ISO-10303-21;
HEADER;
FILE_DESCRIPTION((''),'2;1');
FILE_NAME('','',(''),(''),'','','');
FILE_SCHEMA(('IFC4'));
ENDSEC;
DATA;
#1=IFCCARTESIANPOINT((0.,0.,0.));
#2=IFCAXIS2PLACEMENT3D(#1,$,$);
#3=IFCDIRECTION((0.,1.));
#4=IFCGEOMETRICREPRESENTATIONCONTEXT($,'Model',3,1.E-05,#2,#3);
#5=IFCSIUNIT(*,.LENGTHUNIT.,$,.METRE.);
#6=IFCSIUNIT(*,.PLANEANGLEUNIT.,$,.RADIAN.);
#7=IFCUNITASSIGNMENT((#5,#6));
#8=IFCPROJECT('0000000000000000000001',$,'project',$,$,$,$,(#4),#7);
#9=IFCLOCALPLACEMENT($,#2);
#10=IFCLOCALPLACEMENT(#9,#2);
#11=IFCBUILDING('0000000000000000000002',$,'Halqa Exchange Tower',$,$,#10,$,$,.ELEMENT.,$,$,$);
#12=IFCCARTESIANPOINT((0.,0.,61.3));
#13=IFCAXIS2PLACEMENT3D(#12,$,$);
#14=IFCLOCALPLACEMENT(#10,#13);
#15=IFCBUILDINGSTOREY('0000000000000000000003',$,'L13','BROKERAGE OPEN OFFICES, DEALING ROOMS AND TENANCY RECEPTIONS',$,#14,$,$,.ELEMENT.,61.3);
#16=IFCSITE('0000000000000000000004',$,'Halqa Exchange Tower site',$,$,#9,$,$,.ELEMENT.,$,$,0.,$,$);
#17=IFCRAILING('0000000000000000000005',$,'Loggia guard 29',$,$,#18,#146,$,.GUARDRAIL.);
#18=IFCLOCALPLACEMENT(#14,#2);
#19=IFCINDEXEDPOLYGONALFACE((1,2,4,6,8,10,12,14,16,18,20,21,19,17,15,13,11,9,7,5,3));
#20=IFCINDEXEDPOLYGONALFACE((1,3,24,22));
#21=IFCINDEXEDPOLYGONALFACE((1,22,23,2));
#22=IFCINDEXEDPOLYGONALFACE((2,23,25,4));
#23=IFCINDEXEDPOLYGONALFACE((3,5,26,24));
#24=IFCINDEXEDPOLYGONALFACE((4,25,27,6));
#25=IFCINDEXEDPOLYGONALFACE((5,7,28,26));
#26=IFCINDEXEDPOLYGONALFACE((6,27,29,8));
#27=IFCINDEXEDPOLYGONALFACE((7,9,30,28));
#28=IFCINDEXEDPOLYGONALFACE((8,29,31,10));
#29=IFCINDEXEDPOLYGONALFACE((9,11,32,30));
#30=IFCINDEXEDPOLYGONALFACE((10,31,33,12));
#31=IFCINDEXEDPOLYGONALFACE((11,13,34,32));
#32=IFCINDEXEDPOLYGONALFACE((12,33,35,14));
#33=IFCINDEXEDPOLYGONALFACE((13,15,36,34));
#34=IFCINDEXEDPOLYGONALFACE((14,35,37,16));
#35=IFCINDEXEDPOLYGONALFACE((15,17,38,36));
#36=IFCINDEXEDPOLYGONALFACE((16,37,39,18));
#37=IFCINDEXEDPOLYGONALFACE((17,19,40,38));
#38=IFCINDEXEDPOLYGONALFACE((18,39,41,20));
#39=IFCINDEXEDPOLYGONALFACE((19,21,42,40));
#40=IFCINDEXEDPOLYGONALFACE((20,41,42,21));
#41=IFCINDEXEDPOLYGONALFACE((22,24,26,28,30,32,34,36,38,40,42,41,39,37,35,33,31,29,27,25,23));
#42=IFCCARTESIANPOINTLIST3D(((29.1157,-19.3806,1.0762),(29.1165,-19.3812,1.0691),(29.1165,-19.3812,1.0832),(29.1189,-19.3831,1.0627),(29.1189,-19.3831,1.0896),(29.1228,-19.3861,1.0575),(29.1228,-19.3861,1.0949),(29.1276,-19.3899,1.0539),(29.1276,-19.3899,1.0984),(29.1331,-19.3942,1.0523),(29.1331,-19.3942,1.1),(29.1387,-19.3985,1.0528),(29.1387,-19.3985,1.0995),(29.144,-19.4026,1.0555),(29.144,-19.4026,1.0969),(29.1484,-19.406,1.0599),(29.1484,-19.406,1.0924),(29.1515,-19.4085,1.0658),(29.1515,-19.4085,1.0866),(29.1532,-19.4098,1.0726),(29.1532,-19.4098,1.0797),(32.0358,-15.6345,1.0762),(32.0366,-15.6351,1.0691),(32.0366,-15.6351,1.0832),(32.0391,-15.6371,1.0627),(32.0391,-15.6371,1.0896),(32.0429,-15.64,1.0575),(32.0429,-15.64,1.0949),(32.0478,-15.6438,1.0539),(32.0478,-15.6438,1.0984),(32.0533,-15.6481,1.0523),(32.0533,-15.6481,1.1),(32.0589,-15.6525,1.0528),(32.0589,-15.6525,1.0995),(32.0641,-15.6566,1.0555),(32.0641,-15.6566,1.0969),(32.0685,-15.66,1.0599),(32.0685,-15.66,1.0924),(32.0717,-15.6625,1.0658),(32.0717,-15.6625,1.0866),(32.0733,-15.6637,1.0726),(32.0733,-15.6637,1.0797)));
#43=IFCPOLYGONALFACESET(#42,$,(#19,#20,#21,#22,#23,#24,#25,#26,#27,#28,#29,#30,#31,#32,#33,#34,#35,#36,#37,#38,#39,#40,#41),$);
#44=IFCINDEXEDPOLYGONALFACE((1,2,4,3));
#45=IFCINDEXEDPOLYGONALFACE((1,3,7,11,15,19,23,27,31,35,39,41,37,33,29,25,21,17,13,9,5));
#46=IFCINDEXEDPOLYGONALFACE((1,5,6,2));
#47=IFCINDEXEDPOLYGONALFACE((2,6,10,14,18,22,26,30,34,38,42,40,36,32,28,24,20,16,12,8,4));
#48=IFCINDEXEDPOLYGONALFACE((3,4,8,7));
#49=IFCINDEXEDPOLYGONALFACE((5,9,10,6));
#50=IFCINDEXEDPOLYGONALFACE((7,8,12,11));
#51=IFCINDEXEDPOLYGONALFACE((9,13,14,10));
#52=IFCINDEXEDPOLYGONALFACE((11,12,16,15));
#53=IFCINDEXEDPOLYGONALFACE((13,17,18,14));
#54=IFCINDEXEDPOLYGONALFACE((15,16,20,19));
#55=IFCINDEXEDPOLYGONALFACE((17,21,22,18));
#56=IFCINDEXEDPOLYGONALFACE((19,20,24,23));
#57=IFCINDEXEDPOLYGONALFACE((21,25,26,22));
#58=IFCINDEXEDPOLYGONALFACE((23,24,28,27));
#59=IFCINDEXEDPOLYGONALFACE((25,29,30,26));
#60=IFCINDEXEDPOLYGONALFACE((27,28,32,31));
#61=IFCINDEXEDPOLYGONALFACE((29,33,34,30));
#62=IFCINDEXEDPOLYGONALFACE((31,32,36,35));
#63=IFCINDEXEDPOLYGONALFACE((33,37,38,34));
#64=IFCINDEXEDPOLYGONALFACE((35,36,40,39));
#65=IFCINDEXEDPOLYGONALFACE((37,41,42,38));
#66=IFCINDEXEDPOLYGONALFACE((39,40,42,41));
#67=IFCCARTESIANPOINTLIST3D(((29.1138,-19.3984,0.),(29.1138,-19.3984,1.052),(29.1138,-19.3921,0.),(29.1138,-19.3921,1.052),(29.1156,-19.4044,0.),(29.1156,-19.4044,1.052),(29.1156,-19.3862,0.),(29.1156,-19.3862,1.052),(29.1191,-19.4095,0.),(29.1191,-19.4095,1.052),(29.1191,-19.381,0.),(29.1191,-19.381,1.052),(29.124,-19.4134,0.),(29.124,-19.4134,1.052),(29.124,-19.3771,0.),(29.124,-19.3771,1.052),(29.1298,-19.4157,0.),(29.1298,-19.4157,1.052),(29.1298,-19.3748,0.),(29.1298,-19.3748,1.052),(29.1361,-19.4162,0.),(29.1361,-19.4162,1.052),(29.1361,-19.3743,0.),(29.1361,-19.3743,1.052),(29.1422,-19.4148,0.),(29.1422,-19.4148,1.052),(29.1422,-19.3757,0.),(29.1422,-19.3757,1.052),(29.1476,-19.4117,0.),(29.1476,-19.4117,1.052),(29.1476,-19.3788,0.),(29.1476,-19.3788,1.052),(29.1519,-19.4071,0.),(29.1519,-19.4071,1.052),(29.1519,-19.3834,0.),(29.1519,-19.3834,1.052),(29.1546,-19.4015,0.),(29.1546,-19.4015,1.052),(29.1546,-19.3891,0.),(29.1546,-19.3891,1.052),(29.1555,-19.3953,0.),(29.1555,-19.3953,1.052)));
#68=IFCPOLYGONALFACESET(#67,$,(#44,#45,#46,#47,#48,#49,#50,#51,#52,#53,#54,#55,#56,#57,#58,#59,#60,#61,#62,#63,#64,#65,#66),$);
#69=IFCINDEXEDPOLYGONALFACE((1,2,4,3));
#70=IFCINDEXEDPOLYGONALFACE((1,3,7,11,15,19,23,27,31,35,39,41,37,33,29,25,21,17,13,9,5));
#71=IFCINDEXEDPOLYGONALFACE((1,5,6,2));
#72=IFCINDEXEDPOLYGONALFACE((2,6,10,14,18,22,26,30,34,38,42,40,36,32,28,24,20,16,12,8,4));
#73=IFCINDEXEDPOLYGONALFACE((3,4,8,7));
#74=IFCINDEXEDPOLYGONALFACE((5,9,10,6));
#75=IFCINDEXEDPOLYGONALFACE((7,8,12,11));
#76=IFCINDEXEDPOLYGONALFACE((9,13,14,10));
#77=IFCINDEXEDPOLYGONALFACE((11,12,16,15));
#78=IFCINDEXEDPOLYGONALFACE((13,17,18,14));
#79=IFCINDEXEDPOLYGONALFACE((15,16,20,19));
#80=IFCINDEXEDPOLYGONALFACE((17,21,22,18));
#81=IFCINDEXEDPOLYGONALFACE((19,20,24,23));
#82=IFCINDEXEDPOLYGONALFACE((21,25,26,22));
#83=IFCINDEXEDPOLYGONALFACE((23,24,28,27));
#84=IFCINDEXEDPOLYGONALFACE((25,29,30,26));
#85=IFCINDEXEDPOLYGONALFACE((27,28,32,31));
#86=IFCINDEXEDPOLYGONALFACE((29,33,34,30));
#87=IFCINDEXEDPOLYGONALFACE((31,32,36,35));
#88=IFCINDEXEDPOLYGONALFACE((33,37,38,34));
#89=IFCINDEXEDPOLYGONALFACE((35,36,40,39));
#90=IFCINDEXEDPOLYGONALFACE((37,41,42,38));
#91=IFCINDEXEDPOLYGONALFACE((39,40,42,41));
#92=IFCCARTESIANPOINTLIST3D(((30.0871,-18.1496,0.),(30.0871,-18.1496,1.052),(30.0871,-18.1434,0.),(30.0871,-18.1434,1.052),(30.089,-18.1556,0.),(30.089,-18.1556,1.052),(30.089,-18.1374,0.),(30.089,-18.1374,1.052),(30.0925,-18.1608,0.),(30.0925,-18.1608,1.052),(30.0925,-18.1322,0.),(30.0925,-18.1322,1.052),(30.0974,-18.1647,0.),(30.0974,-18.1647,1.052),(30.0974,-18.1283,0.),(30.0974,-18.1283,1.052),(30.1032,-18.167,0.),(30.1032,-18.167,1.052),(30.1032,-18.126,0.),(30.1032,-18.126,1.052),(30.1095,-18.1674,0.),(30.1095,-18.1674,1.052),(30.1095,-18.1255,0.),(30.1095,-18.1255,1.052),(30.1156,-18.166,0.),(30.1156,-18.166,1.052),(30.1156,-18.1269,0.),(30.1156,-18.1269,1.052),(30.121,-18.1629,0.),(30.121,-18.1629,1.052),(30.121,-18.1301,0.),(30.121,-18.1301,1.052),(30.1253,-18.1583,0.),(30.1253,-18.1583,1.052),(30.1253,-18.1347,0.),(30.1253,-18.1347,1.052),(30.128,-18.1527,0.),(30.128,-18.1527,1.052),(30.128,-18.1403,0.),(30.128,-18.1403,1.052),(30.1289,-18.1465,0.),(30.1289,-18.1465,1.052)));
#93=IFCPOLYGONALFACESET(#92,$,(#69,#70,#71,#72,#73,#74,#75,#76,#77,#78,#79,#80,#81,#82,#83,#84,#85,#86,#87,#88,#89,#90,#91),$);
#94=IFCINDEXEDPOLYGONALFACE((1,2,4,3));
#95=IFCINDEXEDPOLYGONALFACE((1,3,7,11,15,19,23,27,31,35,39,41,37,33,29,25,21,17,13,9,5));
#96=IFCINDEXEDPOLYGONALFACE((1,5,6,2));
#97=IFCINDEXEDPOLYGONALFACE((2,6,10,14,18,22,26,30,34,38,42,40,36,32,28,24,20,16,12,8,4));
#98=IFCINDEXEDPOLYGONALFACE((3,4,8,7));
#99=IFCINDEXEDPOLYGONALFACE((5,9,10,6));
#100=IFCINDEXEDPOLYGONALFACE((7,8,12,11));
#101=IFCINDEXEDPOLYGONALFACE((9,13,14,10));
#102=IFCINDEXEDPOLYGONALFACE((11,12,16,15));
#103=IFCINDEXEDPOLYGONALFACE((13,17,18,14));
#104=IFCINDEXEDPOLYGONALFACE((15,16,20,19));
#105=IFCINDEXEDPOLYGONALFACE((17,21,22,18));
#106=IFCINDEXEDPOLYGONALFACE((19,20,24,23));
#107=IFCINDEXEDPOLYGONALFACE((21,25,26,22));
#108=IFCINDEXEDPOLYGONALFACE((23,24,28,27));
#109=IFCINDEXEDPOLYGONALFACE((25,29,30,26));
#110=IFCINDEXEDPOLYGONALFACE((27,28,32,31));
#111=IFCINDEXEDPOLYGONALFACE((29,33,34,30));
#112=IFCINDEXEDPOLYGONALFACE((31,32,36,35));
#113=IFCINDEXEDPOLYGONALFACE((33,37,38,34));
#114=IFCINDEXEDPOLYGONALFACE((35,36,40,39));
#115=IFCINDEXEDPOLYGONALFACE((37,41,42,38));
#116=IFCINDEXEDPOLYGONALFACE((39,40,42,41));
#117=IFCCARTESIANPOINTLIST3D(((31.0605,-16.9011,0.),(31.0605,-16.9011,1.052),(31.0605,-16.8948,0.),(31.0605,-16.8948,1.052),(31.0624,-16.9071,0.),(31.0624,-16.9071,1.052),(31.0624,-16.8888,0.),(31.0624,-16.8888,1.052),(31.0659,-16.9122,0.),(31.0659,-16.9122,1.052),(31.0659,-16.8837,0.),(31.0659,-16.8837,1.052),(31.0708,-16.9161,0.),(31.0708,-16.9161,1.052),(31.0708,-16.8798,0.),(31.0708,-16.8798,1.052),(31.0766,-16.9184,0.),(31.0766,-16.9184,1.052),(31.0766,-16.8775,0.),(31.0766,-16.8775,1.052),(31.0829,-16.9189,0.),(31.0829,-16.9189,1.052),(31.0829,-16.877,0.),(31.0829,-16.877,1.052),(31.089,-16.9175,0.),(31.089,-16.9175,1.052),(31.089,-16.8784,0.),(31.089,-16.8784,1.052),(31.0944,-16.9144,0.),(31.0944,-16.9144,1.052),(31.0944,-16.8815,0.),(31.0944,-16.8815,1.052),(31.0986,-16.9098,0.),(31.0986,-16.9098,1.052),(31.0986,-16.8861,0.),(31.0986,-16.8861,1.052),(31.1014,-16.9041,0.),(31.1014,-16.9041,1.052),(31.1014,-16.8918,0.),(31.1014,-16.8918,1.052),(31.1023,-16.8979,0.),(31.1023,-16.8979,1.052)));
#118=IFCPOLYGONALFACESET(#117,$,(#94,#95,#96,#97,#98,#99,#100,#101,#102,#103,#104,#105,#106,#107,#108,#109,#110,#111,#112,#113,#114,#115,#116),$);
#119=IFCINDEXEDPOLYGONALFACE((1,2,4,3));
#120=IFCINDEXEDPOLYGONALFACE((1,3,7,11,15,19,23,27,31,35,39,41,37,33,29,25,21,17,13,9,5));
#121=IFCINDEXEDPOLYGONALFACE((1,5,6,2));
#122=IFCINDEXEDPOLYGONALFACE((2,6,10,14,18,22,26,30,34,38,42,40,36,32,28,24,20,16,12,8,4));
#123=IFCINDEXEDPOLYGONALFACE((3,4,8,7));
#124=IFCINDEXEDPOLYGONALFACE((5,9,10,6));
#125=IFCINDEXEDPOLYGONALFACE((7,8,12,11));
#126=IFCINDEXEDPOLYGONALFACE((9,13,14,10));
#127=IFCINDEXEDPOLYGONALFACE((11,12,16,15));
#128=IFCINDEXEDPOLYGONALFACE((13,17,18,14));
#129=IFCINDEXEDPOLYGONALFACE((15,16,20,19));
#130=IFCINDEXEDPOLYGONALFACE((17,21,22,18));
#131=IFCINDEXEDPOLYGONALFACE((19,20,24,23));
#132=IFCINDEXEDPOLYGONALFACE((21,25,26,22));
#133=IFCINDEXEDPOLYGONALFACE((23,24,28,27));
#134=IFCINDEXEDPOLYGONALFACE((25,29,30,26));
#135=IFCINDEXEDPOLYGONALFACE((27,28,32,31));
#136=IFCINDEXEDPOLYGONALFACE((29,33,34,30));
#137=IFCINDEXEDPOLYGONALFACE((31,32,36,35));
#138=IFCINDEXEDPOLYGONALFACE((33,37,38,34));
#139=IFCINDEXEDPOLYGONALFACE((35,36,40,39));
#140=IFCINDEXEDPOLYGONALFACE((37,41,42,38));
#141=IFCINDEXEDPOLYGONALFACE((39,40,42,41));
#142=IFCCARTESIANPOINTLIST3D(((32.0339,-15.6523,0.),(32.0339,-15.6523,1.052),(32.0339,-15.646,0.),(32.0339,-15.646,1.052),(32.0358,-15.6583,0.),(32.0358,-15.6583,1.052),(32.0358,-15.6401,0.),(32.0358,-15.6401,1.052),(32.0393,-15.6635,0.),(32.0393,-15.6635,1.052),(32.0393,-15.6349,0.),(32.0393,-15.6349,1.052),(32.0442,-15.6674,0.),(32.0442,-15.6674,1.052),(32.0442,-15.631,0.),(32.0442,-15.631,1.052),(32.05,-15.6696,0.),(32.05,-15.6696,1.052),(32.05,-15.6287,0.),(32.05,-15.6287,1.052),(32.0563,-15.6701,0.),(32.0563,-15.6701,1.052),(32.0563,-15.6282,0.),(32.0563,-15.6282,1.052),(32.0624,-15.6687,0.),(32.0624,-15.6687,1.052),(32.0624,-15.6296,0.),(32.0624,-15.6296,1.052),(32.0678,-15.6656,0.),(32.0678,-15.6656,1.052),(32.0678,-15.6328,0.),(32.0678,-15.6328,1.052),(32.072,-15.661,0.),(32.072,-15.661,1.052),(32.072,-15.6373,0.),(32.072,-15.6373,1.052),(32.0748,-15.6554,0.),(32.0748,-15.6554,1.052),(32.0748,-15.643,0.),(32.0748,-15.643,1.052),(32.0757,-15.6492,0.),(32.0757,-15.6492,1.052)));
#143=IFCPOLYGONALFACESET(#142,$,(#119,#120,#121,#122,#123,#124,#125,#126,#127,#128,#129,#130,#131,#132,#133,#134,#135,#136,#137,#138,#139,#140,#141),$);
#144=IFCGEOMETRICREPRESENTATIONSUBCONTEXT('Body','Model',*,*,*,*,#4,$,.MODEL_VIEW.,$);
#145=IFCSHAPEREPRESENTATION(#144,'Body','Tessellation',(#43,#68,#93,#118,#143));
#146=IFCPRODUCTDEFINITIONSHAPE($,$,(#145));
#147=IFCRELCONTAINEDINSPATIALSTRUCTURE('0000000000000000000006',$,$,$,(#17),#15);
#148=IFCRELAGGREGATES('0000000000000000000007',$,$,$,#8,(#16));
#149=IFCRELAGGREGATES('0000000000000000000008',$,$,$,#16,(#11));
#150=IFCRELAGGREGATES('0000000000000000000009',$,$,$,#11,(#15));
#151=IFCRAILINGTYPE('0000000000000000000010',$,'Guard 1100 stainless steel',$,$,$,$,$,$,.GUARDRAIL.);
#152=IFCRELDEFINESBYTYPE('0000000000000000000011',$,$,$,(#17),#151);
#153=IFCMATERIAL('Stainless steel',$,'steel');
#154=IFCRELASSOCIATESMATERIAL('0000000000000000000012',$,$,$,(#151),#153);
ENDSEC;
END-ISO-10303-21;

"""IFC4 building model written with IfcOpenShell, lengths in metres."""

from ifc_helpers import new_model, si_unit, direction, frame, origin, origin_2d, place, context, subcontext, project, spatial, circle, extrude, material, type_object, element, save


model = new_model("IFC4")

# Units and contexts
model_context = context("Model", 3, precision=1e-05, world=origin(), true_north=direction((0.0, 1.0)))
body_context = subcontext(model_context, "Body", "Model", "MODEL_VIEW")
ifc_project = project(units=[si_unit("LENGTHUNIT", "METRE"), si_unit("PLANEANGLEUNIT", "RADIAN")], contexts=[model_context])

# Site, building, storey
site_placement = place(None, origin())
site = spatial("IfcSite", under=ifc_project, at=site_placement, Name="Halqa Exchange Tower site", CompositionType="ELEMENT", RefElevation=0.0)
building_placement = place(site_placement, origin())
building = spatial("IfcBuilding", under=site, at=building_placement, Name="Halqa Exchange Tower", CompositionType="ELEMENT")
storey_placement = place(building_placement, frame((0.0, 0.0, 61.3)))
storey = spatial("IfcBuildingStorey", under=building, at=storey_placement, Name="L13", Description="BROKERAGE OPEN OFFICES, DEALING ROOMS AND TENANCY RECEPTIONS", CompositionType="ELEMENT", Elevation=61.3)

# Railing
ifc_material_1 = material(Name="Stainless steel", Category="steel")
railing_type = type_object("IfcRailingType", Name="Guard 1100 stainless steel", PredefinedType="GUARDRAIL", material=ifc_material_1)
railing_1_placement = place(storey_placement, frame((29.1345, -19.3953, 0.0)))
element("IfcRailing", 1, at=railing_1_placement, inside=storey, type_object=railing_type, Name="Loggia guard 29", PredefinedType="GUARDRAIL", context=body_context, shape_type="SweptSolid", body=[
    extrude(circle(Radius=0.0239, at=origin_2d()), frame((0.0, 0.0, 1.0762), z_axis=(0.614798, 0.788685, 0.0), x_axis=(-0.788685, 0.614798, 0.0)), (0.0, 0.0, 1.0), 4.7498),
    extrude(circle(Radius=0.021, at=origin_2d()), origin(), (0.0, 0.0, 1.0), 1.052),
    extrude(circle(Radius=0.021, at=origin_2d()), frame((0.9734, 1.2488, 0.0)), (0.0, 0.0, 1.0), 1.052),
    extrude(circle(Radius=0.021, at=origin_2d()), frame((1.9468, 2.4973, 0.0)), (0.0, 0.0, 1.0), 1.052),
    extrude(circle(Radius=0.021, at=origin_2d()), frame((2.9202, 3.7461, 0.0)), (0.0, 0.0, 1.0), 1.052),
])

save(model, "model.ifc")
